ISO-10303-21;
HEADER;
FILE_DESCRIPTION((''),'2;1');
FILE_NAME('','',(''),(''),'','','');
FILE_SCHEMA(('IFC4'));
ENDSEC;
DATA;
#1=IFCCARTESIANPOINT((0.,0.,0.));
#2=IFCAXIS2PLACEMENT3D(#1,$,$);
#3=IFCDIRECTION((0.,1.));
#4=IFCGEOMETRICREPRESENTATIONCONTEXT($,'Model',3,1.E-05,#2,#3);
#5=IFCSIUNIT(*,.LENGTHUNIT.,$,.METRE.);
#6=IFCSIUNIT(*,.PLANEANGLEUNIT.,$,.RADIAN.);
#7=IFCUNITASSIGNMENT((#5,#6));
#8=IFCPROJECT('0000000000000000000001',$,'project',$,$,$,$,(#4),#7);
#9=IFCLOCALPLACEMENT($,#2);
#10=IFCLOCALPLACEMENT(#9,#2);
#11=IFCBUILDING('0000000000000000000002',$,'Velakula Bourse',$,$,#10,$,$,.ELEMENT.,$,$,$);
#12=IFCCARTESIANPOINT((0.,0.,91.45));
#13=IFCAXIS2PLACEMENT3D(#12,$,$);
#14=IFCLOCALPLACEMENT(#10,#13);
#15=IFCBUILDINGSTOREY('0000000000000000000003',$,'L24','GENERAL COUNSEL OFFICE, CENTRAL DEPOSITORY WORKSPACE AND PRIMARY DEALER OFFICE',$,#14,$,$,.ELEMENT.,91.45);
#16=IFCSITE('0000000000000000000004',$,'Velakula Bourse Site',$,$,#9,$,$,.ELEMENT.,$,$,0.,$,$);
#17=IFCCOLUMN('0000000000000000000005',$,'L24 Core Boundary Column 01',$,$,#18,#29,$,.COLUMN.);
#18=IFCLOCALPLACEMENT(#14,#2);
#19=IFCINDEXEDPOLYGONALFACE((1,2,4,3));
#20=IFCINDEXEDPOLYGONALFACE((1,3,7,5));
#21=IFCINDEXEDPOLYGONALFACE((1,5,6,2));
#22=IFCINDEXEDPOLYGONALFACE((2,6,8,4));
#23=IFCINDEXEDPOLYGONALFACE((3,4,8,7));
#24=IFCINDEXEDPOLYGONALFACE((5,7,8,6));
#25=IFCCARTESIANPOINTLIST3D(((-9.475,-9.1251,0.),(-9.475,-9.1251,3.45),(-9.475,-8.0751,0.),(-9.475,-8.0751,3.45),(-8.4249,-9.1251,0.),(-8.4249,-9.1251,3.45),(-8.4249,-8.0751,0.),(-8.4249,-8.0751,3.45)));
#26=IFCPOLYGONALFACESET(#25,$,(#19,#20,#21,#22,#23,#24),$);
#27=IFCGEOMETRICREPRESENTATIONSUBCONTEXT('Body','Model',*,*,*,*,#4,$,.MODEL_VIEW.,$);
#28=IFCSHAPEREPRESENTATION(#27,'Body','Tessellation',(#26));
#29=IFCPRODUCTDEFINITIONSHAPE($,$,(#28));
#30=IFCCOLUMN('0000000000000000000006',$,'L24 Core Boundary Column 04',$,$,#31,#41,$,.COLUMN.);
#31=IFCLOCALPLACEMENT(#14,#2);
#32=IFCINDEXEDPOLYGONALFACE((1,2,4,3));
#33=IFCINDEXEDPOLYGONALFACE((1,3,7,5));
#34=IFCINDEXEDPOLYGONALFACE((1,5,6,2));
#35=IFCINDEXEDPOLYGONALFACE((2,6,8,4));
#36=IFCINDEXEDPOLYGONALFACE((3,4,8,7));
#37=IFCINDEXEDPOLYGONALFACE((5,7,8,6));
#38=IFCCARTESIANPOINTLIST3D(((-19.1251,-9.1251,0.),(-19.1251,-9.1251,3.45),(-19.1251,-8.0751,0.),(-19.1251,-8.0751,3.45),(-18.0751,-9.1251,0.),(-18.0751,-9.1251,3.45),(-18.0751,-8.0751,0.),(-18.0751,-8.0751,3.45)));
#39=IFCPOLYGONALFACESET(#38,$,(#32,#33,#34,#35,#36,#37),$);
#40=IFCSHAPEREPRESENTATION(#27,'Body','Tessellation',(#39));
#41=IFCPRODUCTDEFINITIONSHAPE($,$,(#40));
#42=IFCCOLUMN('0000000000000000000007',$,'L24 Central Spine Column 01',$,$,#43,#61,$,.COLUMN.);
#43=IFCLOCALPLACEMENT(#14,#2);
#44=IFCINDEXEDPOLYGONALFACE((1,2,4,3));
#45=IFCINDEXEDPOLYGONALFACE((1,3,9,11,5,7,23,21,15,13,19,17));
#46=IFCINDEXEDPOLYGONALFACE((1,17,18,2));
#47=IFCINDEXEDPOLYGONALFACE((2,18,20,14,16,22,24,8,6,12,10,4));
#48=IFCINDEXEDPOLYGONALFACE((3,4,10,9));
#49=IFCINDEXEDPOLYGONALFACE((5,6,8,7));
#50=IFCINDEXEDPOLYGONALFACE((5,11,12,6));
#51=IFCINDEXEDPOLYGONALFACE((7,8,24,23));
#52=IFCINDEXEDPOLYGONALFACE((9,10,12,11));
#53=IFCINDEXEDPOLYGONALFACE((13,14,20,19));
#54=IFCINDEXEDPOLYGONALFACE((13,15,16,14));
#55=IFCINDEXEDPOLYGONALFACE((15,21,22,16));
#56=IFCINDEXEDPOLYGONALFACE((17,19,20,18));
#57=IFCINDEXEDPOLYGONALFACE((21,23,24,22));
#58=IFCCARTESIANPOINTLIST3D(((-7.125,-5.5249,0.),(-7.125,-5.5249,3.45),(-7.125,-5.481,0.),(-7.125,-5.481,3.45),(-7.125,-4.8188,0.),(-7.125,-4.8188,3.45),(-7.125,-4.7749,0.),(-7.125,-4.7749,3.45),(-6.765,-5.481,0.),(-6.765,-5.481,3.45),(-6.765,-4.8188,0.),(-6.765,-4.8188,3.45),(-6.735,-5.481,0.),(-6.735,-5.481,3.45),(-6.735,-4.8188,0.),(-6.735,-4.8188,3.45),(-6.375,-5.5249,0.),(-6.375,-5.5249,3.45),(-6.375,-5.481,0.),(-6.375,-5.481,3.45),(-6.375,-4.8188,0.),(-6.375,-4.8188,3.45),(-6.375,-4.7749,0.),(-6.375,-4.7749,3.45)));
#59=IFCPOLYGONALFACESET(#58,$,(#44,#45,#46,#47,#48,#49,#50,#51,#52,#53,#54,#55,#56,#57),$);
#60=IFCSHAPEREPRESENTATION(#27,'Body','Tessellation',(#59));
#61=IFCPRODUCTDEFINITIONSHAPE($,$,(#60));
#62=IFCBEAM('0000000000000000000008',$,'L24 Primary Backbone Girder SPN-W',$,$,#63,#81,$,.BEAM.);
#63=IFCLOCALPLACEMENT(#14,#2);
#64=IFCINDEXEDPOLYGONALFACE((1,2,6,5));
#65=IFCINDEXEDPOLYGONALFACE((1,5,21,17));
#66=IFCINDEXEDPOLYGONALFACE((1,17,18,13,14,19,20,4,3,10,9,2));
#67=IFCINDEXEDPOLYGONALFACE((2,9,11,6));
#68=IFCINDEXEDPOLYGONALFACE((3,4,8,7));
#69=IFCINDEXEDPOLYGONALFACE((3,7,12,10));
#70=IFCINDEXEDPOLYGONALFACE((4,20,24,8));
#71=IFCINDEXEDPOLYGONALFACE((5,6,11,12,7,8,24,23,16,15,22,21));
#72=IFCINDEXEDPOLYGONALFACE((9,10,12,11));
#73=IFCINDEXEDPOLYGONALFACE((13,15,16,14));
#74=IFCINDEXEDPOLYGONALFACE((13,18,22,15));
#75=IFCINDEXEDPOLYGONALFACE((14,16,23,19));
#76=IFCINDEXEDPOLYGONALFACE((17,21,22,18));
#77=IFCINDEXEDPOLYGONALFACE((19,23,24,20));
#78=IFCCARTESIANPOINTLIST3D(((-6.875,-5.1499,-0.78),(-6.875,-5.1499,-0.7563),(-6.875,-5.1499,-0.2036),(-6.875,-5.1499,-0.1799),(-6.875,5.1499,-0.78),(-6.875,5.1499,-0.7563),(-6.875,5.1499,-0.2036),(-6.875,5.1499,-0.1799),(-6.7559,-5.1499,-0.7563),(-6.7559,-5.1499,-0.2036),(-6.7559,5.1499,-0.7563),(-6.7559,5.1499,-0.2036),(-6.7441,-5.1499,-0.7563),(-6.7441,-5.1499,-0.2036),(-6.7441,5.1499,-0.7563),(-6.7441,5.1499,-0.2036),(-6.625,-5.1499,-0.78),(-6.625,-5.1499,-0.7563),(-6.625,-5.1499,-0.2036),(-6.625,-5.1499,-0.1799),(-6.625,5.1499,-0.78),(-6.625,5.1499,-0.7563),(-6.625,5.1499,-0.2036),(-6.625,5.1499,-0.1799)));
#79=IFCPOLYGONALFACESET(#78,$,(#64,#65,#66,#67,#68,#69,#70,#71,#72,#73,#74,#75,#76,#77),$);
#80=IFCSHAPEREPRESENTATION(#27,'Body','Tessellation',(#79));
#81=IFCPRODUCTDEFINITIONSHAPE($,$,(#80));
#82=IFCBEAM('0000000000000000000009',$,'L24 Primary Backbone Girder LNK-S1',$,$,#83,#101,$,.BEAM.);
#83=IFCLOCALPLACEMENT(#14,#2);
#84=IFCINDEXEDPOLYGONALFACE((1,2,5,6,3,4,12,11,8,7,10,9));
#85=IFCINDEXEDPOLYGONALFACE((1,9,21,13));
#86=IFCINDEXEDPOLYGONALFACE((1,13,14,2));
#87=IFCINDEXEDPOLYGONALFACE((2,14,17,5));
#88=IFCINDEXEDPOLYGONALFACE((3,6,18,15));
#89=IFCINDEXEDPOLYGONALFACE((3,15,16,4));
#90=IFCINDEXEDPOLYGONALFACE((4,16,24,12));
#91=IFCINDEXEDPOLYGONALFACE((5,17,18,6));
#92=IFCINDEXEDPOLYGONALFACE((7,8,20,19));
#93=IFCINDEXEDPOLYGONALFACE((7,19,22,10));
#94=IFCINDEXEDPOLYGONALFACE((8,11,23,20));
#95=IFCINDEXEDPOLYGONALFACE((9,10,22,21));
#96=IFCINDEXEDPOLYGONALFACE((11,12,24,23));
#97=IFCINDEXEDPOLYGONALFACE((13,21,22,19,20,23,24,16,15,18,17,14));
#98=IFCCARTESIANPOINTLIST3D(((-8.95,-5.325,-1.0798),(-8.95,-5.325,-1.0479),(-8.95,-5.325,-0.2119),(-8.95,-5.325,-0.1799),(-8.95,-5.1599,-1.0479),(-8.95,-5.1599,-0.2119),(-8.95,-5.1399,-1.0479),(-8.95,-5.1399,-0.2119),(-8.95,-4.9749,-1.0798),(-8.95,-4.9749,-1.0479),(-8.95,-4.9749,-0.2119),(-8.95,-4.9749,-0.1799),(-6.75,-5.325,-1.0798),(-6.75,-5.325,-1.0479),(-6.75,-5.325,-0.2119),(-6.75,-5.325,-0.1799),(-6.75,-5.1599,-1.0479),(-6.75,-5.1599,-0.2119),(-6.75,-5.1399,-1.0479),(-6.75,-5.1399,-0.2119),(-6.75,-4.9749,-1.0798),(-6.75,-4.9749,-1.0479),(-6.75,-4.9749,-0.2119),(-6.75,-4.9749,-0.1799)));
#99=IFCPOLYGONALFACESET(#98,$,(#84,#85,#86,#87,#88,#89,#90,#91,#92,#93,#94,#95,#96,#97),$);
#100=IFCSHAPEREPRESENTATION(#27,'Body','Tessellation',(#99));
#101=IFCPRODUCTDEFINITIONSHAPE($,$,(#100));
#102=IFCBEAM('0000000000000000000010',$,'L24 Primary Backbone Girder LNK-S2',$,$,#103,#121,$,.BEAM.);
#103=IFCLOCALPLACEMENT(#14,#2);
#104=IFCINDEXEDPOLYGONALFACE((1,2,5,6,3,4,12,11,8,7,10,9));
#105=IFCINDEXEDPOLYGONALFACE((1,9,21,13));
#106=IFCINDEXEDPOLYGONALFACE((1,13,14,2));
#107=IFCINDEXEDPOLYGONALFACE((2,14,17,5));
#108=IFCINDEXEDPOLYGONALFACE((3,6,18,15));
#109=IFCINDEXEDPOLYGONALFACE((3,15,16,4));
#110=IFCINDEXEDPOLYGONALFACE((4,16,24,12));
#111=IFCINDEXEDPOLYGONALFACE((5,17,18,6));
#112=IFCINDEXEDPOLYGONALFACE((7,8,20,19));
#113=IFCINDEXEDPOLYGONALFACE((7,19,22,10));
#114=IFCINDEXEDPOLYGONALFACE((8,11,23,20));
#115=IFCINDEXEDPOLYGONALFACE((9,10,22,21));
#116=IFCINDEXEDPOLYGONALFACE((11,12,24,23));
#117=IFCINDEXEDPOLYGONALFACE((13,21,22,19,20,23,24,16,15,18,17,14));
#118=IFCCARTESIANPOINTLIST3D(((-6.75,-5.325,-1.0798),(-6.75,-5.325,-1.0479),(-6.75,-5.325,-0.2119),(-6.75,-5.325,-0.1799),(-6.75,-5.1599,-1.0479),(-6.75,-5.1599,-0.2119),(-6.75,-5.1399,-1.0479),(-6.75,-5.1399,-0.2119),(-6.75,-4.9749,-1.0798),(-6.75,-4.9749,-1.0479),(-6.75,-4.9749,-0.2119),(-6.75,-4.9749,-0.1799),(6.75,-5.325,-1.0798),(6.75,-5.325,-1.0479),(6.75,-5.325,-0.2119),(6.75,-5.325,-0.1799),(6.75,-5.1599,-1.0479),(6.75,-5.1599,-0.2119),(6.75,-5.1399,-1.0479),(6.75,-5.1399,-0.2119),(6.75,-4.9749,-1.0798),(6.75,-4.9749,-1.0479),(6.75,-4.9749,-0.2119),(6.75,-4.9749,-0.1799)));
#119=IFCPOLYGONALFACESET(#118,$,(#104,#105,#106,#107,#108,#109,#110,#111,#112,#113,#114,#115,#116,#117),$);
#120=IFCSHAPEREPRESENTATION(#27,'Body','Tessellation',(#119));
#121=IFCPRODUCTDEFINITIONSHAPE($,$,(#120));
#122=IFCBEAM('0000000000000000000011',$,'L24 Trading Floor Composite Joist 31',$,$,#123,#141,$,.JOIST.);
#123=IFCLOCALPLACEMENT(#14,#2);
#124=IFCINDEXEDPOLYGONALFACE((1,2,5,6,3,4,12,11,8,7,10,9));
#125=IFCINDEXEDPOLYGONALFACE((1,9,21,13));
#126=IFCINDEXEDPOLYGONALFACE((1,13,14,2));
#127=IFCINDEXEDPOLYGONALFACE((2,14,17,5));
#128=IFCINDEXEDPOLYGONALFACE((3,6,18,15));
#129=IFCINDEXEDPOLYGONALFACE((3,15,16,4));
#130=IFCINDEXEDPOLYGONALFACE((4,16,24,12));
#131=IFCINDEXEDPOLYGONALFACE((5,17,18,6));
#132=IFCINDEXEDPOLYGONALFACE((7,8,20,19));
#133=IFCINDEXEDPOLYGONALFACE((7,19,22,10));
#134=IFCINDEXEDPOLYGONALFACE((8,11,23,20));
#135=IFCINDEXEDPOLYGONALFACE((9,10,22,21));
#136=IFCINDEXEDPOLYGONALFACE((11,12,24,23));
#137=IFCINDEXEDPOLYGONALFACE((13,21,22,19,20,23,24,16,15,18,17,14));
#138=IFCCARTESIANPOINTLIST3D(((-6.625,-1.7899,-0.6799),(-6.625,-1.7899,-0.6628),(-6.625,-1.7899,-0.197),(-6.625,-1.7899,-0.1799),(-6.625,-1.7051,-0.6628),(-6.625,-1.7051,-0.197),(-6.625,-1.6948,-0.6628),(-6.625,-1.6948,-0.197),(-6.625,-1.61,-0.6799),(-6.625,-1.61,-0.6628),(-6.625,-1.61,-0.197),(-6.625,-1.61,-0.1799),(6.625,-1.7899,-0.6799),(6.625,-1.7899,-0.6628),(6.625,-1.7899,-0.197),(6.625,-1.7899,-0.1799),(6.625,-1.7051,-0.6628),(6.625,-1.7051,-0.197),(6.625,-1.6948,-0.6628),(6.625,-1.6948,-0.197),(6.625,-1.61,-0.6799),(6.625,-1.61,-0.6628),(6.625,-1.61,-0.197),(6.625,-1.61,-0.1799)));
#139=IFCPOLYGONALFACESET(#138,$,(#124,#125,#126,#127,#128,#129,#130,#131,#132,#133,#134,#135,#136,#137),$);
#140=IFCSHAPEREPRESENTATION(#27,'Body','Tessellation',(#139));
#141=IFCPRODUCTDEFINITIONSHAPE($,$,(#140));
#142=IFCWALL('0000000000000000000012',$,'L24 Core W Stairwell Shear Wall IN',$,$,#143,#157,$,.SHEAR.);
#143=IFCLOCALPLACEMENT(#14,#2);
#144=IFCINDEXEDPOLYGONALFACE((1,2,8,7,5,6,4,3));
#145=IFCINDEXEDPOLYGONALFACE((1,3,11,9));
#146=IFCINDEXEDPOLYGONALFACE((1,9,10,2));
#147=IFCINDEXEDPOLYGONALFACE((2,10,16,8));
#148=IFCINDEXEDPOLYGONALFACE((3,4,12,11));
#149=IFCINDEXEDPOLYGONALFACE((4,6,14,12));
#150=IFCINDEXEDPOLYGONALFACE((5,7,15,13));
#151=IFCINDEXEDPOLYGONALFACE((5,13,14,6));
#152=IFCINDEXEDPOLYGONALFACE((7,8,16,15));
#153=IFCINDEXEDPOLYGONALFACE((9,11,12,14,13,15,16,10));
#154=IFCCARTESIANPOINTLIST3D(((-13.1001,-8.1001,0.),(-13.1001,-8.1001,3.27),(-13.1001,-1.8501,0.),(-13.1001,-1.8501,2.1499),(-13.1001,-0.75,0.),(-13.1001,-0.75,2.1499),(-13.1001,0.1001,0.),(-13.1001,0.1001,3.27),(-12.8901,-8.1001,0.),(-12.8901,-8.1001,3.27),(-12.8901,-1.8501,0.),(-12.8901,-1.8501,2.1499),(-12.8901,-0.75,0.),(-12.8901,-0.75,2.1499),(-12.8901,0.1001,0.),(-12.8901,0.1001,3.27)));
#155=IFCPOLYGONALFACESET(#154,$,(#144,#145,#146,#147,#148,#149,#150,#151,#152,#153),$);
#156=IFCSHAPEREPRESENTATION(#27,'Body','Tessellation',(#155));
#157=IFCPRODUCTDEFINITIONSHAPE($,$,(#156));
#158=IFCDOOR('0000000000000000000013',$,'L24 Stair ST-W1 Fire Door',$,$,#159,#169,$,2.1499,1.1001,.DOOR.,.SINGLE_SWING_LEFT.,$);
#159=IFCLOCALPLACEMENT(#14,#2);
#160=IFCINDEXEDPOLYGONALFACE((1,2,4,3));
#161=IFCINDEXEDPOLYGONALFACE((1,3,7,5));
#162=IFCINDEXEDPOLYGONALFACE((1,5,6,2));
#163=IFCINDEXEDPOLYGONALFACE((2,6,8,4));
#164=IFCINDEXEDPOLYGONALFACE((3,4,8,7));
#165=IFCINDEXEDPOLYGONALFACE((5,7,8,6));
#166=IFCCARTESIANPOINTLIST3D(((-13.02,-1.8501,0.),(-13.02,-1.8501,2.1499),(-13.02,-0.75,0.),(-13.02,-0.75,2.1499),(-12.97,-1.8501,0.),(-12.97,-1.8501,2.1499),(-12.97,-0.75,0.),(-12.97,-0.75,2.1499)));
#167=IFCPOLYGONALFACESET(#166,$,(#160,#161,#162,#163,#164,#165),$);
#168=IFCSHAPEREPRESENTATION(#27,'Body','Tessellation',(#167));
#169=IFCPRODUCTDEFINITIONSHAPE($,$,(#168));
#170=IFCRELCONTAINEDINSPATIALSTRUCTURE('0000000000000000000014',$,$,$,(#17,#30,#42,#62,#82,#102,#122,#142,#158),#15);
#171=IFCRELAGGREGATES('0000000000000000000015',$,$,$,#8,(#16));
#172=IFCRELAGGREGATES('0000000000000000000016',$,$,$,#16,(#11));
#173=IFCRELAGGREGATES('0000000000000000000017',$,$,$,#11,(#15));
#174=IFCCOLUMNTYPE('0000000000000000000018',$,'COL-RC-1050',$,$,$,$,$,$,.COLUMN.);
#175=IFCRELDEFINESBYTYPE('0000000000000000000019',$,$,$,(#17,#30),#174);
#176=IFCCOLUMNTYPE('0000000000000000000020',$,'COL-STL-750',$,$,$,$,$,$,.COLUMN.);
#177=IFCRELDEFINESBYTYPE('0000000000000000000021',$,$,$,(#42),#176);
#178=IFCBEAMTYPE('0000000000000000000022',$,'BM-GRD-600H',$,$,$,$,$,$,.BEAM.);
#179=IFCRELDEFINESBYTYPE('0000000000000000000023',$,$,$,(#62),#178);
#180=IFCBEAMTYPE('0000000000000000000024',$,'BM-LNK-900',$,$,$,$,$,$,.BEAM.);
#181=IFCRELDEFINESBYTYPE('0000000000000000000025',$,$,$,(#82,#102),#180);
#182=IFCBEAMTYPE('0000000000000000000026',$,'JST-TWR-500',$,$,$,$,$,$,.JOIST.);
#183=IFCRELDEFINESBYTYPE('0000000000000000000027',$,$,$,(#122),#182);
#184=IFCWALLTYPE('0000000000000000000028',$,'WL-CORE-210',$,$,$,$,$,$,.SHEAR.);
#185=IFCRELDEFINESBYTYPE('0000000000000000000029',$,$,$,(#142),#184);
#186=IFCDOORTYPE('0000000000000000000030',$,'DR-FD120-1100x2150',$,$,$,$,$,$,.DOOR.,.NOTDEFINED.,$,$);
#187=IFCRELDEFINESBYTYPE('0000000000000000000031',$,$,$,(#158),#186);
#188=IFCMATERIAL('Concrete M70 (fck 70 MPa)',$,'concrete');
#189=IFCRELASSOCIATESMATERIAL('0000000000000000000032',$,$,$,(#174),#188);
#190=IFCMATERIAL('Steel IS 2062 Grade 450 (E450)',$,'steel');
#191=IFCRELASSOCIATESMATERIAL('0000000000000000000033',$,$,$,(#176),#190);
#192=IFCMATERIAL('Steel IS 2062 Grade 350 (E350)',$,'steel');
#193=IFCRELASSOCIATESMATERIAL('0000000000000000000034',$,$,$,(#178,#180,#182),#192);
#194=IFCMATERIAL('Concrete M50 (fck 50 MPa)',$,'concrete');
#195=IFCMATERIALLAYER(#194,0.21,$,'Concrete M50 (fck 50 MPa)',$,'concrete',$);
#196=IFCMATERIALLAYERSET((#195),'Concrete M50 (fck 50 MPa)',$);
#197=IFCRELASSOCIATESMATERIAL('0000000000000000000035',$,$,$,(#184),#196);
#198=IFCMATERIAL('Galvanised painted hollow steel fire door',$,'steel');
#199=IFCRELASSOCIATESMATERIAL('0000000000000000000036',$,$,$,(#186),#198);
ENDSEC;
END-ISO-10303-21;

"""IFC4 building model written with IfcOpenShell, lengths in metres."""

from ifc_helpers import new_model, si_unit, direction, frame, frame_2d, origin, origin_2d, place, context, subcontext, project, spatial, rectangle, i_section, extrude, material, layer, layer_set, material_profile, profile_set, type_object, element, fill, save


model = new_model("IFC4")

# Units and contexts
model_context = context("Model", 3, precision=1e-05, world=origin(), true_north=direction((0.0, 1.0)))
body_context = subcontext(model_context, "Body", "Model", "MODEL_VIEW")
ifc_project = project(units=[si_unit("LENGTHUNIT", "METRE"), si_unit("PLANEANGLEUNIT", "RADIAN")], contexts=[model_context])

# Site, building, storey
site_placement = place(None, origin())
site = spatial("IfcSite", under=ifc_project, at=site_placement, Name="Velakula Bourse Site", CompositionType="ELEMENT", RefElevation=0.0)
building_placement = place(site_placement, origin())
building = spatial("IfcBuilding", under=site, at=building_placement, Name="Velakula Bourse", CompositionType="ELEMENT")
storey_placement = place(building_placement, frame((0.0, 0.0, 91.45)))
storey = spatial("IfcBuildingStorey", under=building, at=storey_placement, Name="L24", Description="GENERAL COUNSEL OFFICE, CENTRAL DEPOSITORY WORKSPACE AND PRIMARY DEALER OFFICE", CompositionType="ELEMENT", Elevation=91.45)

# Columns
ifc_material_1 = material(Name="Concrete M70 (fck 70 MPa)", Category="concrete")
ifc_material_profile_1 = material_profile(ifc_material_1, rectangle(XDim=1.05, YDim=1.05, at=origin_2d()), Name="Concrete M70 (fck 70 MPa)")
ifc_profile_set_1 = profile_set([ifc_material_profile_1], Name="Concrete M70 (fck 70 MPa)")
column_type_1 = type_object("IfcColumnType", Name="COL-RC-1050", PredefinedType="COLUMN", material=ifc_profile_set_1)
for number, where, z_axis, x_axis, name in (
    (1, (-8.95, -8.6001, 0.0), (0.0, 0.0, 1.0), (1.0, 0.0, 0.0), "L24 Core Boundary Column 01"),
    (2, (-18.6001, -8.6001, 0.0), (0.0, 0.0, 1.0), (1.0, 0.0, 0.0), "L24 Core Boundary Column 04"),
):
    element("IfcColumn", number, at=place(storey_placement, frame(where, z_axis=z_axis, x_axis=x_axis)), inside=storey, type_object=column_type_1, Name=name, PredefinedType="COLUMN", context=body_context, shape_type="SweptSolid", body=[
        extrude(rectangle(XDim=1.05, YDim=1.05, at=origin_2d()), origin(), (0.0, 0.0, 1.0), 3.45),
    ])
ifc_material_2 = material(Name="Steel IS 2062 Grade 450 (E450)", Category="steel")
ifc_material_profile_2 = material_profile(ifc_material_2, i_section(OverallWidth=0.75, OverallDepth=0.75, WebThickness=0.03, FlangeThickness=0.0439, at=origin_2d()), Name="Steel IS 2062 Grade 450 (E450)")
ifc_profile_set_2 = profile_set([ifc_material_profile_2], Name="Steel IS 2062 Grade 450 (E450)")
column_type_2 = type_object("IfcColumnType", Name="COL-STL-750", PredefinedType="COLUMN", material=ifc_profile_set_2)
column_placement = place(storey_placement, frame((-6.75, -5.1499, 0.0), z_axis=(0.0, 0.0, 1.0), x_axis=(1.0, 0.0, 0.0)))
element("IfcColumn", 3, at=column_placement, inside=storey, type_object=column_type_2, Name="L24 Central Spine Column 01", PredefinedType="COLUMN", context=body_context, shape_type="SweptSolid", body=[
    extrude(i_section(OverallWidth=0.75, OverallDepth=0.75, WebThickness=0.03, FlangeThickness=0.0439, at=origin_2d()), origin(), (0.0, 0.0, 1.0), 3.45),
])

# Beams
ifc_material_3 = material(Name="Steel IS 2062 Grade 350 (E350)", Category="steel")
ifc_material_profile_3 = material_profile(ifc_material_3, i_section(OverallWidth=0.25, OverallDepth=0.6001, WebThickness=0.0117, FlangeThickness=0.0237, at=origin_2d()), Name="Steel IS 2062 Grade 350 (E350)")
ifc_profile_set_3 = profile_set([ifc_material_profile_3], Name="Steel IS 2062 Grade 350 (E350)")
beam_type_1 = type_object("IfcBeamType", Name="BM-GRD-600H", PredefinedType="BEAM", material=ifc_profile_set_3)
beam_1_placement = place(storey_placement, frame((-6.75, -5.1499, -0.48), z_axis=(0.0, 1.0, 0.0), x_axis=(-1.0, 0.0, 0.0)))
element("IfcBeam", 4, at=beam_1_placement, inside=storey, type_object=beam_type_1, Name="L24 Primary Backbone Girder SPN-W", PredefinedType="BEAM", context=body_context, shape_type="SweptSolid", body=[
    extrude(i_section(OverallWidth=0.25, OverallDepth=0.6001, WebThickness=0.0117, FlangeThickness=0.0237, at=origin_2d()), origin(), (0.0, 0.0, 1.0), 10.2998),
])
ifc_material_profile_4 = material_profile(ifc_material_3, i_section(OverallWidth=0.3501, OverallDepth=0.8999, WebThickness=0.02, FlangeThickness=0.032, at=origin_2d()), Name="Steel IS 2062 Grade 350 (E350)")
ifc_profile_set_4 = profile_set([ifc_material_profile_4], Name="Steel IS 2062 Grade 350 (E350)")
beam_type_2 = type_object("IfcBeamType", Name="BM-LNK-900", PredefinedType="BEAM", material=ifc_profile_set_4)
beam_2_placement = place(storey_placement, frame((-8.95, -5.1499, -0.6299), z_axis=(1.0, 0.0, 0.0), x_axis=(0.0, 1.0, 0.0)))
element("IfcBeam", 5, at=beam_2_placement, inside=storey, type_object=beam_type_2, Name="L24 Primary Backbone Girder LNK-S1", PredefinedType="BEAM", context=body_context, shape_type="SweptSolid", body=[
    extrude(i_section(OverallWidth=0.3501, OverallDepth=0.8999, WebThickness=0.02, FlangeThickness=0.032, at=origin_2d()), origin(), (0.0, 0.0, 1.0), 2.2),
])
beam_3_placement = place(storey_placement, frame((-6.75, -5.1499, -0.6299), z_axis=(1.0, 0.0, 0.0), x_axis=(0.0, 1.0, 0.0)))
element("IfcBeam", 6, at=beam_3_placement, inside=storey, type_object=beam_type_2, Name="L24 Primary Backbone Girder LNK-S2", PredefinedType="BEAM", context=body_context, shape_type="SweptSolid", body=[
    extrude(i_section(OverallWidth=0.3501, OverallDepth=0.8999, WebThickness=0.02, FlangeThickness=0.032, at=origin_2d()), origin(), (0.0, 0.0, 1.0), 13.5),
])
ifc_material_profile_5 = material_profile(ifc_material_3, i_section(OverallWidth=0.1799, OverallDepth=0.5, WebThickness=0.0103, FlangeThickness=0.0171, at=origin_2d()), Name="Steel IS 2062 Grade 350 (E350)")
ifc_profile_set_5 = profile_set([ifc_material_profile_5], Name="Steel IS 2062 Grade 350 (E350)")
beam_type_3 = type_object("IfcBeamType", Name="JST-TWR-500", PredefinedType="JOIST", material=ifc_profile_set_5)
beam_4_placement = place(storey_placement, frame((-6.625, -1.7, -0.4299), z_axis=(1.0, 0.0, 0.0), x_axis=(0.0, 1.0, 0.0)))
element("IfcBeam", 7, at=beam_4_placement, inside=storey, type_object=beam_type_3, Name="L24 Trading Floor Composite Joist 31", PredefinedType="JOIST", context=body_context, shape_type="SweptSolid", body=[
    extrude(i_section(OverallWidth=0.1799, OverallDepth=0.5, WebThickness=0.0103, FlangeThickness=0.0171, at=origin_2d()), origin(), (0.0, 0.0, 1.0), 13.25),
])

# Wall, opening, door
ifc_material_4 = material(Name="Concrete M50 (fck 50 MPa)", Category="concrete")
ifc_layer_1 = layer(ifc_material_4, 0.21, Name="Concrete M50 (fck 50 MPa)", Category="concrete")
ifc_layer_set_1 = layer_set([ifc_layer_1], Name="Concrete M50 (fck 50 MPa)")
wall_type_1 = type_object("IfcWallType", Name="WL-CORE-210", PredefinedType="SHEAR", material=ifc_layer_set_1)
wall_1_placement = place(storey_placement, frame((-12.9951, -8.1001, 0.0), z_axis=(0.0, 0.0, 1.0), x_axis=(0.0, 1.0, 0.0)))
wall_1 = element("IfcWall", 8, at=wall_1_placement, inside=storey, type_object=wall_type_1, Name="L24 Core W Stairwell Shear Wall IN", PredefinedType="SHEAR", context=body_context, shape_type="SweptSolid", body=[
    extrude(rectangle(XDim=8.2002, YDim=0.21, at=frame_2d((4.1001, 0.0))), origin(), (0.0, 0.0, 1.0), 3.27),
])
opening_1_placement = place(wall_1_placement, frame((6.25, 0.0, 0.0)))
opening_1 = element("IfcOpeningElement", 9, at=opening_1_placement, cuts=wall_1, PredefinedType="OPENING", context=body_context, shape_type="SweptSolid", body=[
    extrude(rectangle(XDim=1.1001, YDim=2.1499, at=frame_2d((0.55, 1.075))), frame((0.0, 0.115, 0.0), z_axis=(0.0, -1.0, 0.0), x_axis=(1.0, 0.0, 0.0)), (0.0, 0.0, 1.0), 0.23),
])
ifc_material_5 = material(Name="Galvanised painted hollow steel fire door", Category="steel")
door_type_1 = type_object("IfcDoorType", Name="DR-FD120-1100x2150", OperationType="NOTDEFINED", PredefinedType="DOOR", material=ifc_material_5)
door_1_placement = place(opening_1_placement, origin())
door_1 = element("IfcDoor", 10, at=door_1_placement, inside=storey, type_object=door_type_1, Name="L24 Stair ST-W1 Fire Door", OperationType="SINGLE_SWING_LEFT", OverallHeight=2.1499, OverallWidth=1.1001, PredefinedType="DOOR", context=body_context, shape_type="SweptSolid", body=[
    extrude(rectangle(XDim=1.1001, YDim=2.1499, at=frame_2d((0.55, 1.075))), frame((0.0, 0.0249, 0.0), z_axis=(0.0, -1.0, 0.0), x_axis=(1.0, 0.0, 0.0)), (0.0, 0.0, 1.0), 0.05),
])
fill(opening_1, door_1)

save(model, "model.ifc")
